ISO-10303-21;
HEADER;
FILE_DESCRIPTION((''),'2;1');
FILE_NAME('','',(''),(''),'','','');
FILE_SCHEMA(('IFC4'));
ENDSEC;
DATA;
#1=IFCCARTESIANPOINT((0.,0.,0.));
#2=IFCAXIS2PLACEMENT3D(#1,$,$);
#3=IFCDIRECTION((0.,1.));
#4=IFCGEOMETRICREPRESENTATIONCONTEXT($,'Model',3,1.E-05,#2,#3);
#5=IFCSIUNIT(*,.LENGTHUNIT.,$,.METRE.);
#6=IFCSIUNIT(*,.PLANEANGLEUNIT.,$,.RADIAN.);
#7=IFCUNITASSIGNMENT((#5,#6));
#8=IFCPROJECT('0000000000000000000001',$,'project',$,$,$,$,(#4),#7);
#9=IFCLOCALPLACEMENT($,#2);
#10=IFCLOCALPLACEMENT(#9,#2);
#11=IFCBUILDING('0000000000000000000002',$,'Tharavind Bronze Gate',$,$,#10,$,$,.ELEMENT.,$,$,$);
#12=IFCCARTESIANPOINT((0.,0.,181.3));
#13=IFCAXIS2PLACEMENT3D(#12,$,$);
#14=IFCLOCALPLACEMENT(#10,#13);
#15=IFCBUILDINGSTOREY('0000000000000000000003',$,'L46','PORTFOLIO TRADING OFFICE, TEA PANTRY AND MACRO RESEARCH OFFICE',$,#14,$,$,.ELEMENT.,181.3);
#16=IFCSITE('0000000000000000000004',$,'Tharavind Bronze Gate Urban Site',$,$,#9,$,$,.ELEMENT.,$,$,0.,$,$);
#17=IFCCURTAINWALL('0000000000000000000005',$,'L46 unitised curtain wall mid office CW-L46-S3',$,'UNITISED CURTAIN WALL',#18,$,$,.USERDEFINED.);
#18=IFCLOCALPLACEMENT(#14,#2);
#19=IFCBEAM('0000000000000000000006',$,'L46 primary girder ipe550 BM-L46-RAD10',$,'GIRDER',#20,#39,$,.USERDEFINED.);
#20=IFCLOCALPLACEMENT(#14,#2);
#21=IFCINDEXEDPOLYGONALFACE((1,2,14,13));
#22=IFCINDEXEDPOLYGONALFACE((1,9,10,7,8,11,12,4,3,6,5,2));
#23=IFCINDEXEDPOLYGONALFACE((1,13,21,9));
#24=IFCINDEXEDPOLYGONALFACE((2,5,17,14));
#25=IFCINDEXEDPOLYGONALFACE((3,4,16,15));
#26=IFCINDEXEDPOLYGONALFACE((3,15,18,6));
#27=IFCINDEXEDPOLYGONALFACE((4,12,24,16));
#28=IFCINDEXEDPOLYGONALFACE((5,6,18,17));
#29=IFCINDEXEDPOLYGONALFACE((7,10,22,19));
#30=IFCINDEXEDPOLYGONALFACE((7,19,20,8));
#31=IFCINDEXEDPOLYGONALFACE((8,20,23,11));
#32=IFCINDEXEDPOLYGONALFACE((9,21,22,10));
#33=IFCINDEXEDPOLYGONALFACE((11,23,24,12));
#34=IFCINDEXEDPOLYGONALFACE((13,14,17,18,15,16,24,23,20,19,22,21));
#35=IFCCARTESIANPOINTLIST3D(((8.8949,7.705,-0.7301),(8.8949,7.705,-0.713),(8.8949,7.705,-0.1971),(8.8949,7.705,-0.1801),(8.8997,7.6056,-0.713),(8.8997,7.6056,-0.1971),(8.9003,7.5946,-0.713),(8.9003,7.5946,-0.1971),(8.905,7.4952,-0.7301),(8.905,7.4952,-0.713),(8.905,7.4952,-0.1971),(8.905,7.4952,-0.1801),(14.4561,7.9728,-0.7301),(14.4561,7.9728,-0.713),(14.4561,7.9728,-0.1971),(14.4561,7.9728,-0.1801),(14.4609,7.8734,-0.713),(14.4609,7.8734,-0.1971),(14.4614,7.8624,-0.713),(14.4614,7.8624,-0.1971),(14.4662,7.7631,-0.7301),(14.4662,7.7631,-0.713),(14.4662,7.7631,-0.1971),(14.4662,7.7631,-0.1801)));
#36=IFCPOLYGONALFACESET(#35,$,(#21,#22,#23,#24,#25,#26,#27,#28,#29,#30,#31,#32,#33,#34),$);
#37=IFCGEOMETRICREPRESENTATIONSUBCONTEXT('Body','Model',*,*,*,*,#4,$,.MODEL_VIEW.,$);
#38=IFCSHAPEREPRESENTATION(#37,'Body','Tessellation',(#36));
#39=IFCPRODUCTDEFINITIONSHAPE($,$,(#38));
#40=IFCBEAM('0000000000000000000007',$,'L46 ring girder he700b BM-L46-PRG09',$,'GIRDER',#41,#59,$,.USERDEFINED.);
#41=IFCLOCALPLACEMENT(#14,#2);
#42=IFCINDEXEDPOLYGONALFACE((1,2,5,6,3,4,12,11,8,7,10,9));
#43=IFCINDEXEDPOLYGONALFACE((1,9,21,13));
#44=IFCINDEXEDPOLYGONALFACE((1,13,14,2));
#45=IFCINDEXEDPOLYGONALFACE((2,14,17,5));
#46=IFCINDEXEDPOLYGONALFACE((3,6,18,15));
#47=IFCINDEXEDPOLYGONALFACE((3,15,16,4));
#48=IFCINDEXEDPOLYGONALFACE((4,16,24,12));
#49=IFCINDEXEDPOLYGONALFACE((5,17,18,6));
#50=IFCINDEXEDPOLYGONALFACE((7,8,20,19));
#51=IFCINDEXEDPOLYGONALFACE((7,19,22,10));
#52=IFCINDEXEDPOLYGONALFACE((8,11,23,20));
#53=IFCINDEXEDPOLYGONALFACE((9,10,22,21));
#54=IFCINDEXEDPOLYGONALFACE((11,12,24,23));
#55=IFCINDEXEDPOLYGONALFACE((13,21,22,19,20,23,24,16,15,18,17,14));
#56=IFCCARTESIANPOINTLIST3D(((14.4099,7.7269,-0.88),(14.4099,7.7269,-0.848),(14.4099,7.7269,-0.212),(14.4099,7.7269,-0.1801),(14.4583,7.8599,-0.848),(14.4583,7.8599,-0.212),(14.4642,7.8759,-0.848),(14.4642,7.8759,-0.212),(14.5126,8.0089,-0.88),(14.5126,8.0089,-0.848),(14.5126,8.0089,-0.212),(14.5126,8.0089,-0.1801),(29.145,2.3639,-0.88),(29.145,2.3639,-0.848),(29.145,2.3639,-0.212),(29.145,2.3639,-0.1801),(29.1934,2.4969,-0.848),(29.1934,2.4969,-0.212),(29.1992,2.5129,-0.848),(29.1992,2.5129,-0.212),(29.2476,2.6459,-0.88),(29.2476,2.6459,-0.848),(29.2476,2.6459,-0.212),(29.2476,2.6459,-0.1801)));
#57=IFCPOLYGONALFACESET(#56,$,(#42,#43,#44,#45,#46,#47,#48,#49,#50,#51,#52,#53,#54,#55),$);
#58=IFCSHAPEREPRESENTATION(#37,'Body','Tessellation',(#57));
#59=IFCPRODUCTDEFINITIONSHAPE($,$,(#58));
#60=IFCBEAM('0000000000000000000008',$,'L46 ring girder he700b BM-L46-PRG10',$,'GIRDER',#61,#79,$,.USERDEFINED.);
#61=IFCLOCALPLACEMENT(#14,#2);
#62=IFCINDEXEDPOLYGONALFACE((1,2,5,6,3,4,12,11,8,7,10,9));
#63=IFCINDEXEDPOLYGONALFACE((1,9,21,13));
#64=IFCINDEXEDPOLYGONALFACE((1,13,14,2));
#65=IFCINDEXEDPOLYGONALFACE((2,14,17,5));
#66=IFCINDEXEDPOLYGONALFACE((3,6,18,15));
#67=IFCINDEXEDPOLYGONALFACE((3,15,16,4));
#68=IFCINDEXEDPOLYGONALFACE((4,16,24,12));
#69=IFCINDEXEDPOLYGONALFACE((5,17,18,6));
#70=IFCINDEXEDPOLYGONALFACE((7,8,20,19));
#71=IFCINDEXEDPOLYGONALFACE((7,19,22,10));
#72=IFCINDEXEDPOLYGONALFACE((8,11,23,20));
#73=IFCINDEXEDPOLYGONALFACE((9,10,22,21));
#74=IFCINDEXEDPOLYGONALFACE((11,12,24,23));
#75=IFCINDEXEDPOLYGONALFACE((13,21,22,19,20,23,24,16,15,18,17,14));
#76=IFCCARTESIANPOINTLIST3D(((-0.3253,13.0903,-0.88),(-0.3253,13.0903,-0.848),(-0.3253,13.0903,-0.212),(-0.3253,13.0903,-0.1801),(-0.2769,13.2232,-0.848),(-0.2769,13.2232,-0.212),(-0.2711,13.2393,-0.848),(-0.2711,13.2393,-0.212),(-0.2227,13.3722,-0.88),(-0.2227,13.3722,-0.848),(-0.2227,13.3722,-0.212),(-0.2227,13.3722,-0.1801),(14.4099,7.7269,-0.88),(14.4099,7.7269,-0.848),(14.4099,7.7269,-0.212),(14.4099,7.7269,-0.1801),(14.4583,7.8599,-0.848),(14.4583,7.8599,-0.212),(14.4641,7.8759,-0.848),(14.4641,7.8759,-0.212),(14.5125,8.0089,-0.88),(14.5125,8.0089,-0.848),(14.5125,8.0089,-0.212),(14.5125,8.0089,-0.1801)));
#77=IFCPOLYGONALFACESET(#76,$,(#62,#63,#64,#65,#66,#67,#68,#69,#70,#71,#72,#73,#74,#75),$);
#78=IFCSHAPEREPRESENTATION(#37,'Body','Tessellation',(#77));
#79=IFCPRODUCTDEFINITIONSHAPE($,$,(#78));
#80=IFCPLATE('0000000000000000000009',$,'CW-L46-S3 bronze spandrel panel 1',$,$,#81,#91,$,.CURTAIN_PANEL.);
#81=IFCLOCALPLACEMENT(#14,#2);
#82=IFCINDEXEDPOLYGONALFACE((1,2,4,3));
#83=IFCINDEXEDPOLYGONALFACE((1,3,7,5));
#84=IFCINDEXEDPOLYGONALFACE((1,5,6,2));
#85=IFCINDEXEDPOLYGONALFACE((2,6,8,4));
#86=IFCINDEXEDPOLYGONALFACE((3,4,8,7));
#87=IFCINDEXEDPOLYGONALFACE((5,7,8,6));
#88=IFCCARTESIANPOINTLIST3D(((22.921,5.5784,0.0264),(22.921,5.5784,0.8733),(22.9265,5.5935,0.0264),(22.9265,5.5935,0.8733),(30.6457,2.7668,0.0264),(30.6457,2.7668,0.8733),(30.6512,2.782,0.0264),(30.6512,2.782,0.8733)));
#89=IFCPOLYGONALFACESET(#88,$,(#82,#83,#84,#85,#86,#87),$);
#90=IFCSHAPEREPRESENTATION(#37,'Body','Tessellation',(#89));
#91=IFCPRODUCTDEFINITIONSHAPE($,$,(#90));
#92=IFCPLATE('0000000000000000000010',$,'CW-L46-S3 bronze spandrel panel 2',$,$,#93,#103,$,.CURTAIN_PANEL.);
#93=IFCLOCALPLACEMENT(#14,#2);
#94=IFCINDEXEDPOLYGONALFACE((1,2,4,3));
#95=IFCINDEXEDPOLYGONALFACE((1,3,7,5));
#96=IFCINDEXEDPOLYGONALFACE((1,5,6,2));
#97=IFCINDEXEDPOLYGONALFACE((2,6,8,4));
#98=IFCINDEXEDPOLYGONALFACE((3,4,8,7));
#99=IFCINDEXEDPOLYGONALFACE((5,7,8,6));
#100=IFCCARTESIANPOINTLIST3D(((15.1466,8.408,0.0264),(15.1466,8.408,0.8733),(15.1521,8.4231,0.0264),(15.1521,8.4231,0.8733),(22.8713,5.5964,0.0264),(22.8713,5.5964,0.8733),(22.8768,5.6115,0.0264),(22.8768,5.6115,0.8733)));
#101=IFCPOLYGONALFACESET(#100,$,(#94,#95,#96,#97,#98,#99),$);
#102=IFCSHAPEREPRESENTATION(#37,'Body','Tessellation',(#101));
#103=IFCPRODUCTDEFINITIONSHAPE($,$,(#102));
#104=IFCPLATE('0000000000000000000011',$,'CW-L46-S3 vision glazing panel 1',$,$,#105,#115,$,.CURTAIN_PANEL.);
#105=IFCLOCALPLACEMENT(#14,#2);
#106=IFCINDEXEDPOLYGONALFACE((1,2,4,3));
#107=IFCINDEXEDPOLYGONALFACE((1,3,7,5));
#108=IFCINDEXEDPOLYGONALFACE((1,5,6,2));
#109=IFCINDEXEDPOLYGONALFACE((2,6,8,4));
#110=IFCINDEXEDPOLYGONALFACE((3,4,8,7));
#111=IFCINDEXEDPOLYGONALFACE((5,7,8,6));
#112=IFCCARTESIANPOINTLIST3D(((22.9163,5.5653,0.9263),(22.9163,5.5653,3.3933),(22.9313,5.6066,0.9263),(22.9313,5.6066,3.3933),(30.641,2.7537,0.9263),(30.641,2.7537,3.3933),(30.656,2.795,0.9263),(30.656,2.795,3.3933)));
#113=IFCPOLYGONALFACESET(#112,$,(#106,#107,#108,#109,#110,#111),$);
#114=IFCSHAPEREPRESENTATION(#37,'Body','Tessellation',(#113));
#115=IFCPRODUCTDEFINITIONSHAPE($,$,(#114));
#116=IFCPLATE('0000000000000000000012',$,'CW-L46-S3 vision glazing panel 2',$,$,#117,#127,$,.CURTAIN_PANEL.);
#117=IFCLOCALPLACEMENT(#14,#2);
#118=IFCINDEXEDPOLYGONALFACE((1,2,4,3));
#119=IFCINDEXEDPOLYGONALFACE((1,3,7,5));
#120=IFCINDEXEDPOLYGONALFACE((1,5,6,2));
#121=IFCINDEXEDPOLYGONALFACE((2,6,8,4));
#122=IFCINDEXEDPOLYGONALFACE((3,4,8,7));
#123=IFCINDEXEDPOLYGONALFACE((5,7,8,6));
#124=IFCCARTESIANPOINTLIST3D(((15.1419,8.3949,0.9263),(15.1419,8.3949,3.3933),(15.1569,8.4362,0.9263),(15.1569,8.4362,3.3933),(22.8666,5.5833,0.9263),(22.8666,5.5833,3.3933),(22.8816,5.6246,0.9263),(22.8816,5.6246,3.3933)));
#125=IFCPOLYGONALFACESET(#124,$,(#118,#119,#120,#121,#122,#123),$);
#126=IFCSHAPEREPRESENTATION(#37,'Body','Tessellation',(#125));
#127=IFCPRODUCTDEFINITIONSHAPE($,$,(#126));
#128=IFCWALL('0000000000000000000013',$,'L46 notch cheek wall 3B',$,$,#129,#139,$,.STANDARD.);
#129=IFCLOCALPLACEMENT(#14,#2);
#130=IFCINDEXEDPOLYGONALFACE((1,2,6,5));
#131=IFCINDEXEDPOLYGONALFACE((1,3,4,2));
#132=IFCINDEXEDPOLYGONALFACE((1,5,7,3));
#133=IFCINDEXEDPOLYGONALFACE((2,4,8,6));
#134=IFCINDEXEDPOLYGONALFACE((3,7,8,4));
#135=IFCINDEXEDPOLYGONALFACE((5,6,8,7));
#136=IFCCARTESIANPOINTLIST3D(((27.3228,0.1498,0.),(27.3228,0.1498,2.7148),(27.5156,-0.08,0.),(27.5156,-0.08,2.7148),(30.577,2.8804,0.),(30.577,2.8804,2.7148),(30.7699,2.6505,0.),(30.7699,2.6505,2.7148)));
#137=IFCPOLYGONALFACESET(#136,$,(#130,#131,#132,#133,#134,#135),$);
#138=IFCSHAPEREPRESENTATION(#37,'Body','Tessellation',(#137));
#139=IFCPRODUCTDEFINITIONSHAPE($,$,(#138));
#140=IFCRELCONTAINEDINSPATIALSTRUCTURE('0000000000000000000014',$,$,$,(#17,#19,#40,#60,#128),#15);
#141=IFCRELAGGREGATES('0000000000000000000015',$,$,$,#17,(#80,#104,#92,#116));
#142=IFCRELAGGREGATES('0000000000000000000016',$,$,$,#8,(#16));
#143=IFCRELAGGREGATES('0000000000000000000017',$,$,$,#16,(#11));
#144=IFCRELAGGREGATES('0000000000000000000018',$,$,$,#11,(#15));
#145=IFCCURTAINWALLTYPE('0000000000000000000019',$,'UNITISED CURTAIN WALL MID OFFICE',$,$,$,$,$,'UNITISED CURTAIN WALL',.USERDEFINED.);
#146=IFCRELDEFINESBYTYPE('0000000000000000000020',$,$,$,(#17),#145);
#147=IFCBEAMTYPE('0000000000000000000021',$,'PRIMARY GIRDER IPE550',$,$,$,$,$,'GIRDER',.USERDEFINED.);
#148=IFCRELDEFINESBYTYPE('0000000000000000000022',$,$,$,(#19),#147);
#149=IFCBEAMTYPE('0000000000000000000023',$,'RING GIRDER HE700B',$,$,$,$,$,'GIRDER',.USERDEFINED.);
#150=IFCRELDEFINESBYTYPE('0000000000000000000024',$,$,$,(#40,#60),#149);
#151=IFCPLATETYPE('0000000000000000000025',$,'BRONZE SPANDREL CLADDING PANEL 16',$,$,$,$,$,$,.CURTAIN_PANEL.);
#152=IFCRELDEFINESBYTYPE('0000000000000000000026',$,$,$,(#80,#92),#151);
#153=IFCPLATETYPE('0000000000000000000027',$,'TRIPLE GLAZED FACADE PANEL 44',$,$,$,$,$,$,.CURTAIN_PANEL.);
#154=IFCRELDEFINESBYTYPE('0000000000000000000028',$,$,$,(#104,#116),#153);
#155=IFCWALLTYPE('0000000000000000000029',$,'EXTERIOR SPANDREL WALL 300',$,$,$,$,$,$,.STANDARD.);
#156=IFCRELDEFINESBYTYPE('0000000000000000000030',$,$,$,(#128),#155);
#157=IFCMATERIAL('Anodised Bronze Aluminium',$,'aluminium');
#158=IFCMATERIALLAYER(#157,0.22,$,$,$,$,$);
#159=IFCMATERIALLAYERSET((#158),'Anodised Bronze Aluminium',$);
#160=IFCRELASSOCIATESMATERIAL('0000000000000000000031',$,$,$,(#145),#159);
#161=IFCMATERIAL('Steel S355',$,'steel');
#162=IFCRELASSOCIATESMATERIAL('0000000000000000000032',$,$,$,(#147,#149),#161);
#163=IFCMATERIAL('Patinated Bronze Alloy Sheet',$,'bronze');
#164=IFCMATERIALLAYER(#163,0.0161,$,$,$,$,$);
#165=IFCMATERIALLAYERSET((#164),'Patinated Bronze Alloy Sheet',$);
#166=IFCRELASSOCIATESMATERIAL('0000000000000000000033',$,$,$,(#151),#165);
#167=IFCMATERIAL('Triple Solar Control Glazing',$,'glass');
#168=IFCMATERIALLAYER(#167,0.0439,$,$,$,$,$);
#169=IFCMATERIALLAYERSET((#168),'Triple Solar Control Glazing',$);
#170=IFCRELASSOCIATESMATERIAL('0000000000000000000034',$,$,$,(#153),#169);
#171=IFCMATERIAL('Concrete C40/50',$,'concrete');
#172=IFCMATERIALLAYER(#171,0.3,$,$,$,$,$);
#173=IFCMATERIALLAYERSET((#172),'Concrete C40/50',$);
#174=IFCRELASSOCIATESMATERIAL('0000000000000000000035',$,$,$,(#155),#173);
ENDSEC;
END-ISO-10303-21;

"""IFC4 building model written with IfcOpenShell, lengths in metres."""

from ifc_helpers import new_model, si_unit, direction, frame, frame_2d, origin, origin_2d, place, context, subcontext, project, spatial, rectangle, i_section, extrude, material, layer, layer_set, material_profile, profile_set, type_object, element, aggregate, save


model = new_model("IFC4")

# Units and contexts
model_context = context("Model", 3, precision=1e-05, world=origin(), true_north=direction((0.0, 1.0)))
body_context = subcontext(model_context, "Body", "Model", "MODEL_VIEW")
ifc_project = project(units=[si_unit("LENGTHUNIT", "METRE"), si_unit("PLANEANGLEUNIT", "RADIAN")], contexts=[model_context])

# Site, building, storey
site_placement = place(None, origin())
site = spatial("IfcSite", under=ifc_project, at=site_placement, Name="Tharavind Bronze Gate Urban Site", CompositionType="ELEMENT", RefElevation=0.0)
building_placement = place(site_placement, origin())
building = spatial("IfcBuilding", under=site, at=building_placement, Name="Tharavind Bronze Gate", CompositionType="ELEMENT")
storey_placement = place(building_placement, frame((0.0, 0.0, 181.3)))
storey = spatial("IfcBuildingStorey", under=building, at=storey_placement, Name="L46", Description="PORTFOLIO TRADING OFFICE, TEA PANTRY AND MACRO RESEARCH OFFICE", CompositionType="ELEMENT", Elevation=181.3)

# Curtain wall
ifc_material_1 = material(Name="Anodised Bronze Aluminium", Category="aluminium")
ifc_layer_1 = layer(ifc_material_1, 0.22)
ifc_layer_set_1 = layer_set([ifc_layer_1], Name="Anodised Bronze Aluminium")
curtain_wall_type = type_object("IfcCurtainWallType", Name="UNITISED CURTAIN WALL MID OFFICE", ElementType="UNITISED CURTAIN WALL", PredefinedType="USERDEFINED", material=ifc_layer_set_1)
curtain_wall_placement = place(storey_placement, origin())
curtain_wall = element("IfcCurtainWall", 1, at=curtain_wall_placement, inside=storey, type_object=curtain_wall_type, Name="L46 unitised curtain wall mid office CW-L46-S3", ObjectType="UNITISED CURTAIN WALL", PredefinedType="USERDEFINED")

# Beams
ifc_material_2 = material(Name="Steel S355", Category="steel")
ifc_material_profile_1 = material_profile(ifc_material_2, i_section(OverallWidth=0.21, OverallDepth=0.55, WebThickness=0.011, FlangeThickness=0.0171, at=origin_2d()), Name="IPE550")
ifc_profile_set_1 = profile_set([ifc_material_profile_1], Name="Steel S355")
beam_type_1 = type_object("IfcBeamType", Name="PRIMARY GIRDER IPE550", ElementType="GIRDER", PredefinedType="USERDEFINED", material=ifc_profile_set_1)
beam_1_placement = place(storey_placement, frame((14.4612, 7.8679, -0.4551), z_axis=(-0.998842, -0.048103, 0.0), x_axis=(0.048103, -0.998842, 0.0)))
element("IfcBeam", 2, at=beam_1_placement, inside=storey, type_object=beam_type_1, Name="L46 primary girder ipe550 BM-L46-RAD10", ObjectType="GIRDER", PredefinedType="USERDEFINED", context=body_context, shape_type="SweptSolid", body=[
    extrude(i_section(OverallWidth=0.21, OverallDepth=0.55, WebThickness=0.011, FlangeThickness=0.0171, at=origin_2d()), origin(), (0.0, 0.0, 1.0), 5.5676),
])
ifc_material_profile_2 = material_profile(ifc_material_2, i_section(OverallWidth=0.3, OverallDepth=0.7, WebThickness=0.0171, FlangeThickness=0.032, at=origin_2d()), Name="HE700B")
ifc_profile_set_2 = profile_set([ifc_material_profile_2], Name="Steel S355")
beam_type_2 = type_object("IfcBeamType", Name="RING GIRDER HE700B", ElementType="GIRDER", PredefinedType="USERDEFINED", material=ifc_profile_set_2)
beam_2_placement = place(storey_placement, frame((29.1963, 2.5049, -0.53), z_axis=(-0.939695, 0.342014, 0.0), x_axis=(-0.342014, -0.939695, 0.0)))
element("IfcBeam", 3, at=beam_2_placement, inside=storey, type_object=beam_type_2, Name="L46 ring girder he700b BM-L46-PRG09", ObjectType="GIRDER", PredefinedType="USERDEFINED", context=body_context, shape_type="SweptSolid", body=[
    extrude(i_section(OverallWidth=0.3, OverallDepth=0.7, WebThickness=0.0171, FlangeThickness=0.032, at=origin_2d()), origin(), (0.0, 0.0, 1.0), 15.6807),
])
beam_3_placement = place(storey_placement, frame((14.4612, 7.8679, -0.53), z_axis=(-0.93969, 0.342028, 0.0), x_axis=(-0.342028, -0.93969, 0.0)))
element("IfcBeam", 4, at=beam_3_placement, inside=storey, type_object=beam_type_2, Name="L46 ring girder he700b BM-L46-PRG10", ObjectType="GIRDER", PredefinedType="USERDEFINED", context=body_context, shape_type="SweptSolid", body=[
    extrude(i_section(OverallWidth=0.3, OverallDepth=0.7, WebThickness=0.0171, FlangeThickness=0.032, at=origin_2d()), origin(), (0.0, 0.0, 1.0), 15.6809),
])

# Plates
ifc_material_3 = material(Name="Patinated Bronze Alloy Sheet", Category="bronze")
ifc_layer_2 = layer(ifc_material_3, 0.0161)
ifc_layer_set_2 = layer_set([ifc_layer_2], Name="Patinated Bronze Alloy Sheet")
plate_type_1 = type_object("IfcPlateType", Name="BRONZE SPANDREL CLADDING PANEL 16", PredefinedType="CURTAIN_PANEL", material=ifc_layer_set_2)
plate_1_placement = place(storey_placement, frame((26.7861, 4.1802, 0.0264), z_axis=(0.0, 0.0, 1.0), x_axis=(-0.939692, 0.342022, 0.0)))
plate_1 = element("IfcPlate", 5, at=plate_1_placement, type_object=plate_type_1, Name="CW-L46-S3 bronze spandrel panel 1", PredefinedType="CURTAIN_PANEL", context=body_context, shape_type="SweptSolid", body=[
    extrude(rectangle(XDim=8.2205, YDim=0.0161, at=origin_2d()), origin(), (0.0, 0.0, 1.0), 0.8469),
])
plate_2_placement = place(storey_placement, frame((19.0117, 7.0098, 0.0264), z_axis=(0.0, 0.0, 1.0), x_axis=(-0.939692, 0.342022, 0.0)))
plate_2 = element("IfcPlate", 6, at=plate_2_placement, type_object=plate_type_1, Name="CW-L46-S3 bronze spandrel panel 2", PredefinedType="CURTAIN_PANEL", context=body_context, shape_type="SweptSolid", body=[
    extrude(rectangle(XDim=8.2205, YDim=0.0161, at=origin_2d()), origin(), (0.0, 0.0, 1.0), 0.8469),
])
ifc_material_4 = material(Name="Triple Solar Control Glazing", Category="glass")
ifc_layer_3 = layer(ifc_material_4, 0.0439)
ifc_layer_set_3 = layer_set([ifc_layer_3], Name="Triple Solar Control Glazing")
plate_type_2 = type_object("IfcPlateType", Name="TRIPLE GLAZED FACADE PANEL 44", PredefinedType="CURTAIN_PANEL", material=ifc_layer_set_3)
plate_3_placement = place(storey_placement, frame((26.7861, 4.1802, 0.9263), z_axis=(0.0, 0.0, 1.0), x_axis=(-0.939692, 0.342022, 0.0)))
plate_3 = element("IfcPlate", 7, at=plate_3_placement, type_object=plate_type_2, Name="CW-L46-S3 vision glazing panel 1", PredefinedType="CURTAIN_PANEL", context=body_context, shape_type="SweptSolid", body=[
    extrude(rectangle(XDim=8.2205, YDim=0.0439, at=origin_2d()), origin(), (0.0, 0.0, 1.0), 2.467),
])
plate_4_placement = place(storey_placement, frame((19.0117, 7.0098, 0.9263), z_axis=(0.0, 0.0, 1.0), x_axis=(-0.939692, 0.342022, 0.0)))
plate_4 = element("IfcPlate", 8, at=plate_4_placement, type_object=plate_type_2, Name="CW-L46-S3 vision glazing panel 2", PredefinedType="CURTAIN_PANEL", context=body_context, shape_type="SweptSolid", body=[
    extrude(rectangle(XDim=8.2205, YDim=0.0439, at=origin_2d()), origin(), (0.0, 0.0, 1.0), 2.467),
])
aggregate(curtain_wall, [plate_1, plate_3, plate_2, plate_4])

# Wall
ifc_material_5 = material(Name="Concrete C40/50", Category="concrete")
ifc_layer_4 = layer(ifc_material_5, 0.3)
ifc_layer_set_4 = layer_set([ifc_layer_4], Name="Concrete C40/50")
wall_type = type_object("IfcWallType", Name="EXTERIOR SPANDREL WALL 300", PredefinedType="STANDARD", material=ifc_layer_set_4)
wall_placement = place(storey_placement, frame((27.4192, 0.0349, 0.0), z_axis=(0.0, 0.0, 1.0), x_axis=(0.766055, 0.642776, 0.0)))
element("IfcWall", 9, at=wall_placement, inside=storey, type_object=wall_type, Name="L46 notch cheek wall 3B", PredefinedType="STANDARD", context=body_context, shape_type="SweptSolid", body=[
    extrude(rectangle(XDim=4.248, YDim=0.3, at=frame_2d((2.124, 0.0))), origin(), (0.0, 0.0, 1.0), 2.7148),
])

save(model, "model.ifc")
